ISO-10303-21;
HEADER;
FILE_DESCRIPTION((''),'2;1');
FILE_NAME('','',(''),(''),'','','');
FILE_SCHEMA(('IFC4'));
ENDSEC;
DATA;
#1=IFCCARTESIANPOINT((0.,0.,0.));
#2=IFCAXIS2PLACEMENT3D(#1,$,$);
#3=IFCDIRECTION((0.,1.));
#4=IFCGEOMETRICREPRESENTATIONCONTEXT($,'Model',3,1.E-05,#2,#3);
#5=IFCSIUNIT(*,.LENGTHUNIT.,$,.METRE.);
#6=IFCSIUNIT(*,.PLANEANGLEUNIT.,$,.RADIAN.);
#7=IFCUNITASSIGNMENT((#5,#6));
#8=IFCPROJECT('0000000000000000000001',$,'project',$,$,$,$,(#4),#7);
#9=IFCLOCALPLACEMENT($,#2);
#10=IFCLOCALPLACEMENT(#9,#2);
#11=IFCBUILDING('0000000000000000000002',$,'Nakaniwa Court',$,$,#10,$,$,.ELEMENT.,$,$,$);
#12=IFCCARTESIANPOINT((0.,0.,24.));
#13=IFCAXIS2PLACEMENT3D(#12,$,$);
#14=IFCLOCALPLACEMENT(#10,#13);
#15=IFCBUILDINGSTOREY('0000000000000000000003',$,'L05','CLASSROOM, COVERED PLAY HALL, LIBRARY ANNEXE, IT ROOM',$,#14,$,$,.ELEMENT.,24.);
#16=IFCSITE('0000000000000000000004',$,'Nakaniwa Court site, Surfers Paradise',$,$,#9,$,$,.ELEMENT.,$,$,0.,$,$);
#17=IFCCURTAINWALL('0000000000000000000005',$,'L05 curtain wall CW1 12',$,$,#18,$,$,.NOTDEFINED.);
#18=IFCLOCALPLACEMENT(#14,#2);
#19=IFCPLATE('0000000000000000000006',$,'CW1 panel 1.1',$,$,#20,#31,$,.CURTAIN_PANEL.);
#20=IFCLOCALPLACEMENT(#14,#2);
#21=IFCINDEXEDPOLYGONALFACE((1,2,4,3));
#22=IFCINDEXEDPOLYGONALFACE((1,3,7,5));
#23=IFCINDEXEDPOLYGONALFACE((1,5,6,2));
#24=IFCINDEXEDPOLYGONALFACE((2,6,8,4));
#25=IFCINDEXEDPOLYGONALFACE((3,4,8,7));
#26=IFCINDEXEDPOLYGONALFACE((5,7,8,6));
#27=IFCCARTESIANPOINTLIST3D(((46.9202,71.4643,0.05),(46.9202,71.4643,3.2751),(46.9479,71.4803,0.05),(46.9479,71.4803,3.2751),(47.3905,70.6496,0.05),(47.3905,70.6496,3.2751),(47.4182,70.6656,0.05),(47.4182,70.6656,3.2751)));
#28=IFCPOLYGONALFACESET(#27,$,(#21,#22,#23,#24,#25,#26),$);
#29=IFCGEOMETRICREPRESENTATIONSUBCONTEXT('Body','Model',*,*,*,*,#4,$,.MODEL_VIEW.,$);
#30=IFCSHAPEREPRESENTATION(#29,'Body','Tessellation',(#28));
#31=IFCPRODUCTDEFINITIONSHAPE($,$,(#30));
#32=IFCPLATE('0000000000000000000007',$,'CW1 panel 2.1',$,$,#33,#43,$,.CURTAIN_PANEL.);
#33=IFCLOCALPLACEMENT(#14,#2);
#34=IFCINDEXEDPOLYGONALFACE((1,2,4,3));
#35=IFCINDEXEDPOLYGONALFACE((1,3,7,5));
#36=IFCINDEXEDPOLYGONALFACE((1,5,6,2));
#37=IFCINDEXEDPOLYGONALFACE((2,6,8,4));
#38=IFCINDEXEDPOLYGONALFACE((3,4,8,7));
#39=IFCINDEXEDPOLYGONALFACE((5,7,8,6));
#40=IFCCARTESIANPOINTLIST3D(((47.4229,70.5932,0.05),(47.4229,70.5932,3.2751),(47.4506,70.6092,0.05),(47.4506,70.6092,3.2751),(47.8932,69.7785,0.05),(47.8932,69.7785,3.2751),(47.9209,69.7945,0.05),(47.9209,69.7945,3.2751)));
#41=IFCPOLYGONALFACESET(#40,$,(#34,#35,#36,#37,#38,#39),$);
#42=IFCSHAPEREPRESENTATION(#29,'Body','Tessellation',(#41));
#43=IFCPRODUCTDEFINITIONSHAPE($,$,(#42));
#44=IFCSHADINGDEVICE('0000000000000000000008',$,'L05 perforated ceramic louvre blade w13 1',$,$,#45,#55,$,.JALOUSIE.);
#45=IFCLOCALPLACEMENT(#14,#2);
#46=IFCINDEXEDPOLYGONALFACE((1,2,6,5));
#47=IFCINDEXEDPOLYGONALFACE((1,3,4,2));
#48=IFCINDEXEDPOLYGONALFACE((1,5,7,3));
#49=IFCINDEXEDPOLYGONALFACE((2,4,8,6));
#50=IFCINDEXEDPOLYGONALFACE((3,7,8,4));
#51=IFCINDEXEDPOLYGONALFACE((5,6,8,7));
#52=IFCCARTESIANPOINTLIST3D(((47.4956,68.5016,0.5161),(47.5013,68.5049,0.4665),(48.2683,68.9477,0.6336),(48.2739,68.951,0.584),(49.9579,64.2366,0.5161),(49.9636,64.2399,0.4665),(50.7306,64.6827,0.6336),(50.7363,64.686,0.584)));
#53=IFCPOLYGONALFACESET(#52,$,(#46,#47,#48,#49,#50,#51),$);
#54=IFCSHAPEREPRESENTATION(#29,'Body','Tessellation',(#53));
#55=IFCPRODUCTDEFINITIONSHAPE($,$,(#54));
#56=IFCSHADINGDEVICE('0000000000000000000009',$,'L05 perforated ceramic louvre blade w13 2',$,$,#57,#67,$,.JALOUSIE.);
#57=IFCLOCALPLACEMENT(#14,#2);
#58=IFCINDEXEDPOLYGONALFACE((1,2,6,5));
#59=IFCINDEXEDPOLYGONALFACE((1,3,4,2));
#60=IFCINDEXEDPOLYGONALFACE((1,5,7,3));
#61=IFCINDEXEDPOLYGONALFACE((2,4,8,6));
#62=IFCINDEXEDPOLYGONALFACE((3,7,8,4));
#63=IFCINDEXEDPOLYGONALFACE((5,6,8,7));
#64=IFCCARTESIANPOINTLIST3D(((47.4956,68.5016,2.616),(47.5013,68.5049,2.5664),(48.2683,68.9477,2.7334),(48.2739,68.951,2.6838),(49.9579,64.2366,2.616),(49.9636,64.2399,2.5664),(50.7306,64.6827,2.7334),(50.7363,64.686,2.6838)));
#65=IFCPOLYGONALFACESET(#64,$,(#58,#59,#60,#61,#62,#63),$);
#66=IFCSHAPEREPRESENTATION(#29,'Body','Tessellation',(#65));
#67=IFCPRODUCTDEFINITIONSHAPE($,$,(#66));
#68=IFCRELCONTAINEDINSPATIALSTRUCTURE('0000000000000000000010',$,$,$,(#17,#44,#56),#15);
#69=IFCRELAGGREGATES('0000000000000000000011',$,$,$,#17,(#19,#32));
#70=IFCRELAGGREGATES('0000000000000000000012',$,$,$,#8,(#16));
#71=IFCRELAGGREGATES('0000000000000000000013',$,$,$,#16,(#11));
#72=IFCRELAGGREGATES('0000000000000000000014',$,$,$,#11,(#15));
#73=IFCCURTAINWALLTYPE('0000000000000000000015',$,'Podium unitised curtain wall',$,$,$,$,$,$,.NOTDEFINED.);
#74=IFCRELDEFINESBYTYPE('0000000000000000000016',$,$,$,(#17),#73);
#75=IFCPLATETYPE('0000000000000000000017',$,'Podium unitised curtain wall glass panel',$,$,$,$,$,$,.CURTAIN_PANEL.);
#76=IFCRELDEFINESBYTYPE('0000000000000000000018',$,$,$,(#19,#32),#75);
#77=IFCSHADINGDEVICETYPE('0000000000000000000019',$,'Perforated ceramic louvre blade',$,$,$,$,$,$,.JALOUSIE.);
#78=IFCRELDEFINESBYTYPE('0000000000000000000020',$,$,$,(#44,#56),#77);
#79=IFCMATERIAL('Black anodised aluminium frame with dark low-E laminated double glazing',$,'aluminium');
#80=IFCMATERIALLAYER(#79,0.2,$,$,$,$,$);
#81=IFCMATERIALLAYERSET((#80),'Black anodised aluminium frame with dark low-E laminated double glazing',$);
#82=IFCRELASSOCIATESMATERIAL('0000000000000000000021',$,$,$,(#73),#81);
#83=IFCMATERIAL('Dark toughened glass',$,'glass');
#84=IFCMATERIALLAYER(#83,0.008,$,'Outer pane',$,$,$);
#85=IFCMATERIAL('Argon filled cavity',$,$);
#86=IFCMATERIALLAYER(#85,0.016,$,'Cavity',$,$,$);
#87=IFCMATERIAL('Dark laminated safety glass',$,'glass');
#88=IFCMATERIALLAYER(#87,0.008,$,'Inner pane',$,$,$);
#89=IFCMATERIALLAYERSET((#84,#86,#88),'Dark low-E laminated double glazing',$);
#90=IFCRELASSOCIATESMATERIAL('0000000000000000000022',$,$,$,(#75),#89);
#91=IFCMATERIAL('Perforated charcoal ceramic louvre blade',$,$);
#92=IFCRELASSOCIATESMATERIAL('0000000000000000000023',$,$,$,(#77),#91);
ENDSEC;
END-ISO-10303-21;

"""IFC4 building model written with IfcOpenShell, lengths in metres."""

from ifc_helpers import new_model, si_unit, direction, frame, origin, origin_2d, place, context, subcontext, project, spatial, rectangle, extrude, material, layer, layer_set, material_profile, profile_set, type_object, element, aggregate, save


model = new_model("IFC4")

# Units and contexts
model_context = context("Model", 3, precision=1e-05, world=origin(), true_north=direction((0.0, 1.0)))
body_context = subcontext(model_context, "Body", "Model", "MODEL_VIEW")
ifc_project = project(units=[si_unit("LENGTHUNIT", "METRE"), si_unit("PLANEANGLEUNIT", "RADIAN")], contexts=[model_context])

# Site, building, storey
site_placement = place(None, origin())
site = spatial("IfcSite", under=ifc_project, at=site_placement, Name="Nakaniwa Court site, Surfers Paradise", CompositionType="ELEMENT", RefElevation=0.0)
building_placement = place(site_placement, origin())
building = spatial("IfcBuilding", under=site, at=building_placement, Name="Nakaniwa Court", CompositionType="ELEMENT")
storey_placement = place(building_placement, frame((0.0, 0.0, 24.0)))
storey = spatial("IfcBuildingStorey", under=building, at=storey_placement, Name="L05", Description="CLASSROOM, COVERED PLAY HALL, LIBRARY ANNEXE, IT ROOM", CompositionType="ELEMENT", Elevation=24.0)

# Curtain wall
ifc_material_1 = material(Name="Black anodised aluminium frame with dark low-E laminated double glazing", Category="aluminium")
ifc_layer_1 = layer(ifc_material_1, 0.2)
ifc_layer_set_1 = layer_set([ifc_layer_1], Name="Black anodised aluminium frame with dark low-E laminated double glazing")
curtain_wall_type = type_object("IfcCurtainWallType", Name="Podium unitised curtain wall", PredefinedType="NOTDEFINED", material=ifc_layer_set_1)
curtain_wall_1_placement = place(storey_placement, origin())
curtain_wall_1 = element("IfcCurtainWall", 1, at=curtain_wall_1_placement, inside=storey, type_object=curtain_wall_type, Name="L05 curtain wall CW1 12", PredefinedType="NOTDEFINED")

# Plates
ifc_material_2 = material(Name="Dark toughened glass", Category="glass")
ifc_layer_2 = layer(ifc_material_2, 0.008, Name="Outer pane")
ifc_material_3 = material(Name="Argon filled cavity")
ifc_layer_3 = layer(ifc_material_3, 0.016, Name="Cavity")
ifc_material_4 = material(Name="Dark laminated safety glass", Category="glass")
ifc_layer_4 = layer(ifc_material_4, 0.008, Name="Inner pane")
ifc_layer_set_2 = layer_set([ifc_layer_2, ifc_layer_3, ifc_layer_4], Name="Dark low-E laminated double glazing")
plate_type = type_object("IfcPlateType", Name="Podium unitised curtain wall glass panel", PredefinedType="CURTAIN_PANEL", material=ifc_layer_set_2)
plate_1_placement = place(storey_placement, frame((47.1692, 71.0649, 0.05), z_axis=(0.0, 0.0, 1.0), x_axis=(0.499982, -0.866036, 0.0)))
plate_1 = element("IfcPlate", 2, at=plate_1_placement, type_object=plate_type, Name="CW1 panel 1.1", PredefinedType="CURTAIN_PANEL", context=body_context, shape_type="SweptSolid", body=[
    extrude(rectangle(XDim=0.9407, YDim=0.032, at=origin_2d()), origin(), (0.0, 0.0, 1.0), 3.2251),
])
plate_2_placement = place(storey_placement, frame((47.6719, 70.1938, 0.05), z_axis=(0.0, 0.0, 1.0), x_axis=(0.499982, -0.866036, 0.0)))
plate_2 = element("IfcPlate", 3, at=plate_2_placement, type_object=plate_type, Name="CW1 panel 2.1", PredefinedType="CURTAIN_PANEL", context=body_context, shape_type="SweptSolid", body=[
    extrude(rectangle(XDim=0.9407, YDim=0.032, at=origin_2d()), origin(), (0.0, 0.0, 1.0), 3.2251),
])
aggregate(curtain_wall_1, [plate_1, plate_2])

# Shading devices
ifc_material_5 = material(Name="Perforated charcoal ceramic louvre blade")
ifc_material_profile_1 = material_profile(ifc_material_5, rectangle(XDim=0.8999, YDim=0.05, at=origin_2d()), Name="Perforated ceramic louvre blade")
ifc_profile_set_1 = profile_set([ifc_material_profile_1], Name="Perforated charcoal ceramic louvre blade")
shading_device_type = type_object("IfcShadingDeviceType", Name="Perforated ceramic louvre blade", PredefinedType="JALOUSIE", material=ifc_profile_set_1)
for number, where, z_axis, x_axis, name in (
    (4, (47.8848, 68.7263, 0.55), (0.499989, -0.866032, 0.0), (0.858623, 0.495711, 0.130526), "L05 perforated ceramic louvre blade w13 1"),
    (5, (47.8848, 68.7263, 2.6499), (0.499989, -0.866032, 0.0), (0.858623, 0.495711, 0.130526), "L05 perforated ceramic louvre blade w13 2"),
):
    element("IfcShadingDevice", number, at=place(storey_placement, frame(where, z_axis=z_axis, x_axis=x_axis)), inside=storey, type_object=shading_device_type, Name=name, PredefinedType="JALOUSIE", context=body_context, shape_type="SweptSolid", body=[
        extrude(rectangle(XDim=0.8999, YDim=0.05, at=origin_2d()), origin(), (0.0, 0.0, 1.0), 4.9248),
    ])

save(model, "model.ifc")
